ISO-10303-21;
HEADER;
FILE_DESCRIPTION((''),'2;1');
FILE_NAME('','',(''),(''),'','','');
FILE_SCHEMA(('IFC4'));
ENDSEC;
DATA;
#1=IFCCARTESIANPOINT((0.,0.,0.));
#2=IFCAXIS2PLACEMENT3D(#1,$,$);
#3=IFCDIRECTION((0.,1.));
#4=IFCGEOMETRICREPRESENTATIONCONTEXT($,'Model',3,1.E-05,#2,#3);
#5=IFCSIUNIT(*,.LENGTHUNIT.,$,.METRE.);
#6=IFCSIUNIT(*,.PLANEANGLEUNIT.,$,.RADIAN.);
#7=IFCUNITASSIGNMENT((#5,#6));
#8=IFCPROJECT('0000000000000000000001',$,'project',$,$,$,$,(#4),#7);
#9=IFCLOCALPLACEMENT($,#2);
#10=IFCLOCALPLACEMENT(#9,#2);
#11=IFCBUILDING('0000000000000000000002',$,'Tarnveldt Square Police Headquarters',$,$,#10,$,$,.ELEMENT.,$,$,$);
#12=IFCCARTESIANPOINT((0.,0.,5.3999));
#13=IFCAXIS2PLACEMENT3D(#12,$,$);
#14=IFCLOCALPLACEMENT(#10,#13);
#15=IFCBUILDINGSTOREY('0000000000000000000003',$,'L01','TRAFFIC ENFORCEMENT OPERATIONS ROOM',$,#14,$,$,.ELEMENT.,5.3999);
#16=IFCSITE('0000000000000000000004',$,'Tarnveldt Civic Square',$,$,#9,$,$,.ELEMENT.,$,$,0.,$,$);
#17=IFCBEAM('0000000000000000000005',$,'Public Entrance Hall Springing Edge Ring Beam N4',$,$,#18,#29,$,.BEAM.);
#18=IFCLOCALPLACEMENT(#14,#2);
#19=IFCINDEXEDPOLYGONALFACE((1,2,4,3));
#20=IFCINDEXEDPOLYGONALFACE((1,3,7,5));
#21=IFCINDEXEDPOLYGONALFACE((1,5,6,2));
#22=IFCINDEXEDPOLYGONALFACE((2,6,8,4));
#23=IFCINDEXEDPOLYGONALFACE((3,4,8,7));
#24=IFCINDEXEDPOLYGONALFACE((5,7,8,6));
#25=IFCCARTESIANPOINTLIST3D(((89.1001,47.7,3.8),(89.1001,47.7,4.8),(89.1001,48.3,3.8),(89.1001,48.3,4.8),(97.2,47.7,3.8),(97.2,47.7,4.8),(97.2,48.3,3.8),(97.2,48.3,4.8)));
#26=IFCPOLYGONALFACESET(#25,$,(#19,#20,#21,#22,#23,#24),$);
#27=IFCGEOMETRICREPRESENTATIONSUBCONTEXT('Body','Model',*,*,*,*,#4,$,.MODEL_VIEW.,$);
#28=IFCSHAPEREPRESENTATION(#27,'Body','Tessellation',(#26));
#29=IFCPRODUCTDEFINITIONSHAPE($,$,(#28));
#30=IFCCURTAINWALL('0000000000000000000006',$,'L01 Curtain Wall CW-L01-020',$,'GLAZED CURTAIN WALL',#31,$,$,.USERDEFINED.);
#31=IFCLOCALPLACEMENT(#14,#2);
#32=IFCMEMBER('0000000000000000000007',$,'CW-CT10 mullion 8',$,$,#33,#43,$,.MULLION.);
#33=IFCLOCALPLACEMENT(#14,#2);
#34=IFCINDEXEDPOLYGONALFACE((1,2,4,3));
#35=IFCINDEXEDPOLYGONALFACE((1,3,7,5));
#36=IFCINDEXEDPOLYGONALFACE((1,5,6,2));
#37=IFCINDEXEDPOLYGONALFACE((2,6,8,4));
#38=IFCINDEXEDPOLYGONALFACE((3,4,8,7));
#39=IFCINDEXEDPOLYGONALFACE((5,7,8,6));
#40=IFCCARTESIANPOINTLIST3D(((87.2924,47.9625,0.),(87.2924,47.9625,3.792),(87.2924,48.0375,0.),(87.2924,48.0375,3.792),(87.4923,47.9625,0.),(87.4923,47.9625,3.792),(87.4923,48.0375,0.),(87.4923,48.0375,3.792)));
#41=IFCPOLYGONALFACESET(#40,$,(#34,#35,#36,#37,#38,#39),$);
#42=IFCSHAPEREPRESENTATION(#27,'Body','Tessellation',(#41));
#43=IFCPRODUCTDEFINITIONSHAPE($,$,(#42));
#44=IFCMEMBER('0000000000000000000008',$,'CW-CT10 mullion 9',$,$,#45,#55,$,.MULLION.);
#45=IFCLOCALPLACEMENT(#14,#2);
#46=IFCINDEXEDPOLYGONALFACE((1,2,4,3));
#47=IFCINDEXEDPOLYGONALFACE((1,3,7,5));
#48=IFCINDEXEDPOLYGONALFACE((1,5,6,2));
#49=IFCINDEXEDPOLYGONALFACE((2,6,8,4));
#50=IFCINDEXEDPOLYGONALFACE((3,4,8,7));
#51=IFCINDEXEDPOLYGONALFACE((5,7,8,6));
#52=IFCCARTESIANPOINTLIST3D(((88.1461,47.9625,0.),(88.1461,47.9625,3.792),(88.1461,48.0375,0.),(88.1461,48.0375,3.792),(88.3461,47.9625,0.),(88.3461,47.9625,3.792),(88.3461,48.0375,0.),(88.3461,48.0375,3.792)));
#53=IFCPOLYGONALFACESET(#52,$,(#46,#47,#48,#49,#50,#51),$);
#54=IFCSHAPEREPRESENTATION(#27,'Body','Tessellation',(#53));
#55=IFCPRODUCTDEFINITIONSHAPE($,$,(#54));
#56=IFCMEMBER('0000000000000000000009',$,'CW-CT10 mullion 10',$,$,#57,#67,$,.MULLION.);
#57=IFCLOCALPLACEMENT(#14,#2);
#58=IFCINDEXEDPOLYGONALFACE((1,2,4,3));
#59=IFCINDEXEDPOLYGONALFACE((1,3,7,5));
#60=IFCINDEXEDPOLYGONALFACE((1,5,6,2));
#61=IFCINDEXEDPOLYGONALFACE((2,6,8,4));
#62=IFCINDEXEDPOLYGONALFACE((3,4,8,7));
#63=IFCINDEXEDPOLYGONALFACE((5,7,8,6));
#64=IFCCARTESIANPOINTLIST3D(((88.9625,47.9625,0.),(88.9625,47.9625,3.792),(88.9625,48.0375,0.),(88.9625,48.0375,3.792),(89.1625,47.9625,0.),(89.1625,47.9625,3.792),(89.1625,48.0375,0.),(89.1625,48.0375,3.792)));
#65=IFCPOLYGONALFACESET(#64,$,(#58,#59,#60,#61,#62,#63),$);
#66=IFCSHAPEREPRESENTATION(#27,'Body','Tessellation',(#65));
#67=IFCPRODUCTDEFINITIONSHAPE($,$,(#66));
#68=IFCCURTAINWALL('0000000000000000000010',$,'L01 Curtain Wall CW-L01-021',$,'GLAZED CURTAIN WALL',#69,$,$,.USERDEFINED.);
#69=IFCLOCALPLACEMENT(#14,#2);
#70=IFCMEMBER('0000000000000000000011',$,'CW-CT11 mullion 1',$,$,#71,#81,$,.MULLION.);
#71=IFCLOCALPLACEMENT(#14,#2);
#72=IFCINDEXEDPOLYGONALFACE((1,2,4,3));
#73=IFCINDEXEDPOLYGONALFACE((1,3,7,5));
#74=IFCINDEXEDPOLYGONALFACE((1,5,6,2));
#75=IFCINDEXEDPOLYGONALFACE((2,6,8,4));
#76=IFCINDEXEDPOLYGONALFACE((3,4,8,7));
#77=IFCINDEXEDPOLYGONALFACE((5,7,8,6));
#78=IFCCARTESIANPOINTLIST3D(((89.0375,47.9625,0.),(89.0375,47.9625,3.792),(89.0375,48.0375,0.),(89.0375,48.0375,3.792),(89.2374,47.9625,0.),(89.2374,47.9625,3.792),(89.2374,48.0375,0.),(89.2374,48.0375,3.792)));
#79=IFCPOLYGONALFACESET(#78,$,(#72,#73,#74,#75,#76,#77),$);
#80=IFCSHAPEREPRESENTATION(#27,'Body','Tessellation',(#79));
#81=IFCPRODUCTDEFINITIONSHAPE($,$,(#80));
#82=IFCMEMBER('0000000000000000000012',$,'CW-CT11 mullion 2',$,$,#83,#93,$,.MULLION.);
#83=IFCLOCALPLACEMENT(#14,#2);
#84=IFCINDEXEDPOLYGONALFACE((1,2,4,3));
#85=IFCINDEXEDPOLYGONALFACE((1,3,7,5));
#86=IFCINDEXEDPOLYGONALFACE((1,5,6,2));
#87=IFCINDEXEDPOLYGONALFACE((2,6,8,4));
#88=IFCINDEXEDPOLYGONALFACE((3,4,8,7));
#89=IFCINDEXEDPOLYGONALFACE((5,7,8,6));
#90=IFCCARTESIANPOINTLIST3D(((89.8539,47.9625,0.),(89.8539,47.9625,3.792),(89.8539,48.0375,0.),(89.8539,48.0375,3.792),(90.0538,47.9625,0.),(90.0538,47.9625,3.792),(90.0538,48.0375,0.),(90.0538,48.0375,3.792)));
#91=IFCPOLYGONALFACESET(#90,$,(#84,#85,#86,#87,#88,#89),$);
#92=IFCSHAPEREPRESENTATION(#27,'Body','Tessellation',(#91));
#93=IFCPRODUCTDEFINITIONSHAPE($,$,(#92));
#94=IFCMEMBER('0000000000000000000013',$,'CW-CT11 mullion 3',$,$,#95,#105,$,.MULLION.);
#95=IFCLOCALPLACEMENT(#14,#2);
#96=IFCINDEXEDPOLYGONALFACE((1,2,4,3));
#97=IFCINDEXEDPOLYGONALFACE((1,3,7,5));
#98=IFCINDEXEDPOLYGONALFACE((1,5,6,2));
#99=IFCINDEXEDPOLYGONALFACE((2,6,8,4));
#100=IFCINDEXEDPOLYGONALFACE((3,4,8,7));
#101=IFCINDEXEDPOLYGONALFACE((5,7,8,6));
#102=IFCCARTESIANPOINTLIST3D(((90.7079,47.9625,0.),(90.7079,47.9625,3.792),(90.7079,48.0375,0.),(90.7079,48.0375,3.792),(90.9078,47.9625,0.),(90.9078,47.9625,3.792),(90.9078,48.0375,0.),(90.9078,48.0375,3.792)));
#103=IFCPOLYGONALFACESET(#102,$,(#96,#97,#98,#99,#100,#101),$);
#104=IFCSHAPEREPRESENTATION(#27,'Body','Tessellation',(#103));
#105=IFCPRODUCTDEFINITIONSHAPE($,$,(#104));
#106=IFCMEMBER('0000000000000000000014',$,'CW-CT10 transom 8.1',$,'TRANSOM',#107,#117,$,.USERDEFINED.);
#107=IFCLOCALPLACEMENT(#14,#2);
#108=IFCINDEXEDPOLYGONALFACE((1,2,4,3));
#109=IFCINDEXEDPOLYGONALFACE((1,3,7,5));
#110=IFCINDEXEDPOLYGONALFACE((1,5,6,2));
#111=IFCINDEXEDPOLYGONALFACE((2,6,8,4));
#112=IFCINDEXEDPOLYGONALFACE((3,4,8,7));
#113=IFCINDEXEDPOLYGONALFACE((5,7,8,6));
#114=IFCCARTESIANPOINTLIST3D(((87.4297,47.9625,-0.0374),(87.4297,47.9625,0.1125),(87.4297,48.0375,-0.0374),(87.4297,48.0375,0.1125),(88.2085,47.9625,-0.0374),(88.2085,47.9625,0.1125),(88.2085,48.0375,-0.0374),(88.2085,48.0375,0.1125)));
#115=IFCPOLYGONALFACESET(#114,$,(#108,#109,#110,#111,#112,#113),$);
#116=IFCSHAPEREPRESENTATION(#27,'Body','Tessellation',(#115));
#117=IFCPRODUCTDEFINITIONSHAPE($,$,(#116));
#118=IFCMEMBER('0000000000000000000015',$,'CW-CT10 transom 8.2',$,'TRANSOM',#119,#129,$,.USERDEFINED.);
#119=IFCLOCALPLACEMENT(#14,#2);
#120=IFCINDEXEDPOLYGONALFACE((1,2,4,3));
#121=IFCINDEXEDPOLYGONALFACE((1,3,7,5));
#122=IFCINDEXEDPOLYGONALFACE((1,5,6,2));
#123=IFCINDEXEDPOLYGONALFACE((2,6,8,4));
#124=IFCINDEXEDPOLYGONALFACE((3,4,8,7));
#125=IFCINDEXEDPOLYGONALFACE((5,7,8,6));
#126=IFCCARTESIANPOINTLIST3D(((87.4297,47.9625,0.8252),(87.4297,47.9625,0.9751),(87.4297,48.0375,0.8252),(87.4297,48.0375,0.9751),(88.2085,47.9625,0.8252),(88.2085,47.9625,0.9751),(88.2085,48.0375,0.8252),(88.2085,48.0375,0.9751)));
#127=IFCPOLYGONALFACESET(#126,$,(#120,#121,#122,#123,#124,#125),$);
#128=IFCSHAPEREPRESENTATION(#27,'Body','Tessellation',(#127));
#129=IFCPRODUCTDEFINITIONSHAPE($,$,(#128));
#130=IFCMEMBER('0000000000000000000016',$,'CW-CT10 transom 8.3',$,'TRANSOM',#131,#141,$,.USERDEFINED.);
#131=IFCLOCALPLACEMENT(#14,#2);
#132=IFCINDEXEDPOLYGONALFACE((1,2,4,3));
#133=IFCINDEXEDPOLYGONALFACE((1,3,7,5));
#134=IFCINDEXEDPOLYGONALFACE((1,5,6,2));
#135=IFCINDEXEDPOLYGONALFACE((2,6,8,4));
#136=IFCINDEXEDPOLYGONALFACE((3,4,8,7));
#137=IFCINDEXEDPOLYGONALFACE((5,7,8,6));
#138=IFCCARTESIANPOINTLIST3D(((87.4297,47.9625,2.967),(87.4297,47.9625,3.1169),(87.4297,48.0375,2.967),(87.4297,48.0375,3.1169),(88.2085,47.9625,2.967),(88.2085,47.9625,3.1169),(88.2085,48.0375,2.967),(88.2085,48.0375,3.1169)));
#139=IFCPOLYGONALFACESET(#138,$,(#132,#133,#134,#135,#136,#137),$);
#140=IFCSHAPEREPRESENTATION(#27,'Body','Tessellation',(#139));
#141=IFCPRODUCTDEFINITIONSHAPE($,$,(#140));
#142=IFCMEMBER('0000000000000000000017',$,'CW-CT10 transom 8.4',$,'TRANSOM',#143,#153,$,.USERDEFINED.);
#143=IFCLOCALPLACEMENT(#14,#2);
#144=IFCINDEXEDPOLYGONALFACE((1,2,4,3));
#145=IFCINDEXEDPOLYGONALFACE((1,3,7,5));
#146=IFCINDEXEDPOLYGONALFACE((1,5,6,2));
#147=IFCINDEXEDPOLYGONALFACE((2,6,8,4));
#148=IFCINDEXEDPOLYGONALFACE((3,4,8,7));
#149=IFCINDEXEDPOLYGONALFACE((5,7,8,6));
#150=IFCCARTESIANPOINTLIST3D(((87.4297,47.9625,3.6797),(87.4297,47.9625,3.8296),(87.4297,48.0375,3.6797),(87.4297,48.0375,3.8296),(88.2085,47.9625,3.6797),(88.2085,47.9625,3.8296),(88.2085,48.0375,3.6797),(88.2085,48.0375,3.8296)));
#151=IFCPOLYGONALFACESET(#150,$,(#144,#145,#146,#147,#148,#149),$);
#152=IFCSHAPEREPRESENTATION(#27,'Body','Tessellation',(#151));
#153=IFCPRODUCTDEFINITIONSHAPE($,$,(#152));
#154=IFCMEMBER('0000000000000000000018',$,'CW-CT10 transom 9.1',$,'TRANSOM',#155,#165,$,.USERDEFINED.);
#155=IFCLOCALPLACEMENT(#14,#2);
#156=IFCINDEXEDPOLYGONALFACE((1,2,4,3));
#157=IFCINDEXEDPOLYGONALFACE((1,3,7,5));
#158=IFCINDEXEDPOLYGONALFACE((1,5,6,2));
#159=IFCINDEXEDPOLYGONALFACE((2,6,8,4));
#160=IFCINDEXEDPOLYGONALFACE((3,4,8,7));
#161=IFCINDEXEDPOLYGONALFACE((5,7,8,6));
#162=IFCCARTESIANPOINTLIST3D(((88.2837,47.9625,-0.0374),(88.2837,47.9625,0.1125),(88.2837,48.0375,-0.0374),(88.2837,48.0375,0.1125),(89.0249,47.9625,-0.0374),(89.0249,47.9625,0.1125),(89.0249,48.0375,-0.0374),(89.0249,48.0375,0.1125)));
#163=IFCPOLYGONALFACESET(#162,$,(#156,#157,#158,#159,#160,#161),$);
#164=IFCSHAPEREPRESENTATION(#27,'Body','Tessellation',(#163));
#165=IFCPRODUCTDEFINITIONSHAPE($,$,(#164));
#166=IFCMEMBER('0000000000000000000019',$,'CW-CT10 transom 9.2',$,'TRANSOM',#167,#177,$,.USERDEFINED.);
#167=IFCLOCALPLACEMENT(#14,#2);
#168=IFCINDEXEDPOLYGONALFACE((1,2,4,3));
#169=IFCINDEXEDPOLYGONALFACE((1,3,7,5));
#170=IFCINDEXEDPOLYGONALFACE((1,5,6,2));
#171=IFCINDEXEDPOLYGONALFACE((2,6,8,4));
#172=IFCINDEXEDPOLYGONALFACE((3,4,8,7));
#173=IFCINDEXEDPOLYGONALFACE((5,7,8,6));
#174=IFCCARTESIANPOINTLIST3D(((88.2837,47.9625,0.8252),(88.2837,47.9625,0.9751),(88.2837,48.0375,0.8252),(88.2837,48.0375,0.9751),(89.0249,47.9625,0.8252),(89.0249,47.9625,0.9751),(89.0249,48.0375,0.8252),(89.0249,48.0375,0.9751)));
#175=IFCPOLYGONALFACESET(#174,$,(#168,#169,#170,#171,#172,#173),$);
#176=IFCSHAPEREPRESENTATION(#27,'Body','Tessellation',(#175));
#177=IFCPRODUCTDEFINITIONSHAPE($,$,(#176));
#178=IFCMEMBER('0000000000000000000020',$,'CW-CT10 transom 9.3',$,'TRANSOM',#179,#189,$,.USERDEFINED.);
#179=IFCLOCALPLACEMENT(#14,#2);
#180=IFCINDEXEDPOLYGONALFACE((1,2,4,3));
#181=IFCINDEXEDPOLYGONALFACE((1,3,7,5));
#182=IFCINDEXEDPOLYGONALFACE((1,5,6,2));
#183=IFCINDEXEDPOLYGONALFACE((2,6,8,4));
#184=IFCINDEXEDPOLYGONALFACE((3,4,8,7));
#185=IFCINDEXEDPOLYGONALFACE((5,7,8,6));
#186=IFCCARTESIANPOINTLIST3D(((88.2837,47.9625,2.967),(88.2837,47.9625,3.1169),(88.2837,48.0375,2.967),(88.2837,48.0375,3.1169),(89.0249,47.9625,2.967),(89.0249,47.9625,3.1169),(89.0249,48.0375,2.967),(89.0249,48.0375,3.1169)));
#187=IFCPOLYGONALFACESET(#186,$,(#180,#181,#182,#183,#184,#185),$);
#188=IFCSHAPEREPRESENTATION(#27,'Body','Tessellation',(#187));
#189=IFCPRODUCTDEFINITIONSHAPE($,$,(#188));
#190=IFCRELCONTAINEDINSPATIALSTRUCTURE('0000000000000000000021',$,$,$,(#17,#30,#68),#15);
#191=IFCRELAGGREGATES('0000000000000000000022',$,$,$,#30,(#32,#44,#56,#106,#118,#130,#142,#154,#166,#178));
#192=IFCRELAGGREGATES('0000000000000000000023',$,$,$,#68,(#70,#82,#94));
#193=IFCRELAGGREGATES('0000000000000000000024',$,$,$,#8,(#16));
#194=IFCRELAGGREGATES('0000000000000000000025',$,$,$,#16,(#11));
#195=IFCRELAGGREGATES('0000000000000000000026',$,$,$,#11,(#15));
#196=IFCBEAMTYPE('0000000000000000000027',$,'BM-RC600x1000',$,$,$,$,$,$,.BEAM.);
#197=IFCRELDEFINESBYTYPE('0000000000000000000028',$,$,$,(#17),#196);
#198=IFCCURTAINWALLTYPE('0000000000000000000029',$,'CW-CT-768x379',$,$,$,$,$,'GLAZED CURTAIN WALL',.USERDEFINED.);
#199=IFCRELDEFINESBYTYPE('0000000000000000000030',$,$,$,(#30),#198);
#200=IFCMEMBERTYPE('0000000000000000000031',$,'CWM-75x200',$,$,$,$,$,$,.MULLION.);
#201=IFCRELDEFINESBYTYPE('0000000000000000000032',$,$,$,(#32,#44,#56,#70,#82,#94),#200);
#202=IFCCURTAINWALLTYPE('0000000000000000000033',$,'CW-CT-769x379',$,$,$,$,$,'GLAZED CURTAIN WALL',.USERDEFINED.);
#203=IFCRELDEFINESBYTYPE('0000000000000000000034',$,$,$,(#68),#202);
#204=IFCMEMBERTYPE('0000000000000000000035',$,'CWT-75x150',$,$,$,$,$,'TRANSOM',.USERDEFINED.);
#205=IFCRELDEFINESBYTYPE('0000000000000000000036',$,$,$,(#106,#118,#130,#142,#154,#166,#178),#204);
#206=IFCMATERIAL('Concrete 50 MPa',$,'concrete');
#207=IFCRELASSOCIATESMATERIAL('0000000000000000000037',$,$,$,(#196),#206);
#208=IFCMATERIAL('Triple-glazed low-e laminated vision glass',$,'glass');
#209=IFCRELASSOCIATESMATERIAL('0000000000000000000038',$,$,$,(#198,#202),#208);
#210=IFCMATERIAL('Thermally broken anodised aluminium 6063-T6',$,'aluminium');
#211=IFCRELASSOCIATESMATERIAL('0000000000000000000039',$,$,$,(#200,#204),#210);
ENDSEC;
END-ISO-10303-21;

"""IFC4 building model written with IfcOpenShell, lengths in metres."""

from ifc_helpers import new_model, si_unit, direction, frame, origin, origin_2d, place, context, subcontext, project, spatial, rectangle, extrude, material, material_profile, profile_set, type_object, element, aggregate, save


model = new_model("IFC4")

# Units and contexts
model_context = context("Model", 3, precision=1e-05, world=origin(), true_north=direction((0.0, 1.0)))
body_context = subcontext(model_context, "Body", "Model", "MODEL_VIEW")
ifc_project = project(units=[si_unit("LENGTHUNIT", "METRE"), si_unit("PLANEANGLEUNIT", "RADIAN")], contexts=[model_context])

# Site, building, storey
site_placement = place(None, origin())
site = spatial("IfcSite", under=ifc_project, at=site_placement, Name="Tarnveldt Civic Square", CompositionType="ELEMENT", RefElevation=0.0)
building_placement = place(site_placement, origin())
building = spatial("IfcBuilding", under=site, at=building_placement, Name="Tarnveldt Square Police Headquarters", CompositionType="ELEMENT")
storey_placement = place(building_placement, frame((0.0, 0.0, 5.3999)))
storey = spatial("IfcBuildingStorey", under=building, at=storey_placement, Name="L01", Description="TRAFFIC ENFORCEMENT OPERATIONS ROOM", CompositionType="ELEMENT", Elevation=5.3999)

# Beam
ifc_material_1 = material(Name="Concrete 50 MPa", Category="concrete")
ifc_material_profile_1 = material_profile(ifc_material_1, rectangle(XDim=0.6001, YDim=1.0, at=origin_2d()), Name="RC-B600x1000")
ifc_profile_set_1 = profile_set([ifc_material_profile_1], Name="Concrete 50 MPa")
beam_type = type_object("IfcBeamType", Name="BM-RC600x1000", PredefinedType="BEAM", material=ifc_profile_set_1)
beam_placement = place(storey_placement, frame((89.1001, 48.0, 4.3), z_axis=(1.0, 0.0, 0.0), x_axis=(0.0, 1.0, 0.0)))
element("IfcBeam", 1, at=beam_placement, inside=storey, type_object=beam_type, Name="Public Entrance Hall Springing Edge Ring Beam N4", PredefinedType="BEAM", context=body_context, shape_type="SweptSolid", body=[
    extrude(rectangle(XDim=0.6001, YDim=1.0, at=origin_2d()), origin(), (0.0, 0.0, 1.0), 8.0999),
])

# Curtain walls, members
ifc_material_2 = material(Name="Triple-glazed low-e laminated vision glass", Category="glass")
curtain_wall_type_1 = type_object("IfcCurtainWallType", Name="CW-CT-768x379", ElementType="GLAZED CURTAIN WALL", PredefinedType="USERDEFINED", material=ifc_material_2)
curtain_wall_1_placement = place(storey_placement, origin())
curtain_wall_1 = element("IfcCurtainWall", 2, at=curtain_wall_1_placement, inside=storey, type_object=curtain_wall_type_1, Name="L01 Curtain Wall CW-L01-020", ObjectType="GLAZED CURTAIN WALL", PredefinedType="USERDEFINED")
ifc_material_3 = material(Name="Thermally broken anodised aluminium 6063-T6", Category="aluminium")
ifc_material_profile_2 = material_profile(ifc_material_3, rectangle(XDim=0.075, YDim=0.2, at=origin_2d()), Name="CW-M75x200")
ifc_profile_set_2 = profile_set([ifc_material_profile_2], Name="Thermally broken anodised aluminium 6063-T6")
member_type_1 = type_object("IfcMemberType", Name="CWM-75x200", PredefinedType="MULLION", material=ifc_profile_set_2)
member_1_placement = place(storey_placement, frame((87.3923, 48.0, 0.0), z_axis=(0.0, 0.0, 1.0), x_axis=(0.0, 1.0, 0.0)))
member_1 = element("IfcMember", 3, at=member_1_placement, type_object=member_type_1, Name="CW-CT10 mullion 8", PredefinedType="MULLION", context=body_context, shape_type="SweptSolid", body=[
    extrude(rectangle(XDim=0.075, YDim=0.2, at=origin_2d()), origin(), (0.0, 0.0, 1.0), 3.792),
])
member_2_placement = place(storey_placement, frame((88.2461, 48.0, 0.0), z_axis=(0.0, 0.0, 1.0), x_axis=(0.0, 1.0, 0.0)))
member_2 = element("IfcMember", 4, at=member_2_placement, type_object=member_type_1, Name="CW-CT10 mullion 9", PredefinedType="MULLION", context=body_context, shape_type="SweptSolid", body=[
    extrude(rectangle(XDim=0.075, YDim=0.2, at=origin_2d()), origin(), (0.0, 0.0, 1.0), 3.792),
])
member_3_placement = place(storey_placement, frame((89.0625, 48.0, 0.0), z_axis=(0.0, 0.0, 1.0), x_axis=(0.0, 1.0, 0.0)))
member_3 = element("IfcMember", 5, at=member_3_placement, type_object=member_type_1, Name="CW-CT10 mullion 10", PredefinedType="MULLION", context=body_context, shape_type="SweptSolid", body=[
    extrude(rectangle(XDim=0.075, YDim=0.2, at=origin_2d()), origin(), (0.0, 0.0, 1.0), 3.792),
])
curtain_wall_type_2 = type_object("IfcCurtainWallType", Name="CW-CT-769x379", ElementType="GLAZED CURTAIN WALL", PredefinedType="USERDEFINED", material=ifc_material_2)
curtain_wall_2_placement = place(storey_placement, origin())
curtain_wall_2 = element("IfcCurtainWall", 6, at=curtain_wall_2_placement, inside=storey, type_object=curtain_wall_type_2, Name="L01 Curtain Wall CW-L01-021", ObjectType="GLAZED CURTAIN WALL", PredefinedType="USERDEFINED")
member_4_placement = place(storey_placement, frame((89.1375, 48.0, 0.0), z_axis=(0.0, 0.0, 1.0), x_axis=(0.0, 1.0, 0.0)))
member_4 = element("IfcMember", 7, at=member_4_placement, type_object=member_type_1, Name="CW-CT11 mullion 1", PredefinedType="MULLION", context=body_context, shape_type="SweptSolid", body=[
    extrude(rectangle(XDim=0.075, YDim=0.2, at=origin_2d()), origin(), (0.0, 0.0, 1.0), 3.792),
])
member_5_placement = place(storey_placement, frame((89.9539, 48.0, 0.0), z_axis=(0.0, 0.0, 1.0), x_axis=(0.0, 1.0, 0.0)))
member_5 = element("IfcMember", 8, at=member_5_placement, type_object=member_type_1, Name="CW-CT11 mullion 2", PredefinedType="MULLION", context=body_context, shape_type="SweptSolid", body=[
    extrude(rectangle(XDim=0.075, YDim=0.2, at=origin_2d()), origin(), (0.0, 0.0, 1.0), 3.792),
])
member_6_placement = place(storey_placement, frame((90.8079, 48.0, 0.0), z_axis=(0.0, 0.0, 1.0), x_axis=(0.0, 1.0, 0.0)))
member_6 = element("IfcMember", 9, at=member_6_placement, type_object=member_type_1, Name="CW-CT11 mullion 3", PredefinedType="MULLION", context=body_context, shape_type="SweptSolid", body=[
    extrude(rectangle(XDim=0.075, YDim=0.2, at=origin_2d()), origin(), (0.0, 0.0, 1.0), 3.792),
])

# Members
ifc_material_profile_3 = material_profile(ifc_material_3, rectangle(XDim=0.075, YDim=0.1499, at=origin_2d()), Name="CW-T75x150")
ifc_profile_set_3 = profile_set([ifc_material_profile_3], Name="Thermally broken anodised aluminium 6063-T6")
member_type_2 = type_object("IfcMemberType", Name="CWT-75x150", ElementType="TRANSOM", PredefinedType="USERDEFINED", material=ifc_profile_set_3)
member_7_placement = place(storey_placement, frame((87.4297, 48.0, 0.0376), z_axis=(1.0, 0.0, 0.0), x_axis=(0.0, 1.0, 0.0)))
member_7 = element("IfcMember", 10, at=member_7_placement, type_object=member_type_2, Name="CW-CT10 transom 8.1", ObjectType="TRANSOM", PredefinedType="USERDEFINED", context=body_context, shape_type="SweptSolid", body=[
    extrude(rectangle(XDim=0.075, YDim=0.1499, at=origin_2d()), origin(), (0.0, 0.0, 1.0), 0.7788),
])
member_8_placement = place(storey_placement, frame((87.4297, 48.0, 0.9001), z_axis=(1.0, 0.0, 0.0), x_axis=(0.0, 1.0, 0.0)))
member_8 = element("IfcMember", 11, at=member_8_placement, type_object=member_type_2, Name="CW-CT10 transom 8.2", ObjectType="TRANSOM", PredefinedType="USERDEFINED", context=body_context, shape_type="SweptSolid", body=[
    extrude(rectangle(XDim=0.075, YDim=0.1499, at=origin_2d()), origin(), (0.0, 0.0, 1.0), 0.7788),
])
member_9_placement = place(storey_placement, frame((87.4297, 48.0, 3.042), z_axis=(1.0, 0.0, 0.0), x_axis=(0.0, 1.0, 0.0)))
member_9 = element("IfcMember", 12, at=member_9_placement, type_object=member_type_2, Name="CW-CT10 transom 8.3", ObjectType="TRANSOM", PredefinedType="USERDEFINED", context=body_context, shape_type="SweptSolid", body=[
    extrude(rectangle(XDim=0.075, YDim=0.1499, at=origin_2d()), origin(), (0.0, 0.0, 1.0), 0.7788),
])
member_10_placement = place(storey_placement, frame((87.4297, 48.0, 3.7546), z_axis=(1.0, 0.0, 0.0), x_axis=(0.0, 1.0, 0.0)))
member_10 = element("IfcMember", 13, at=member_10_placement, type_object=member_type_2, Name="CW-CT10 transom 8.4", ObjectType="TRANSOM", PredefinedType="USERDEFINED", context=body_context, shape_type="SweptSolid", body=[
    extrude(rectangle(XDim=0.075, YDim=0.1499, at=origin_2d()), origin(), (0.0, 0.0, 1.0), 0.7788),
])
member_11_placement = place(storey_placement, frame((88.2837, 48.0, 0.0376), z_axis=(1.0, 0.0, 0.0), x_axis=(0.0, 1.0, 0.0)))
member_11 = element("IfcMember", 14, at=member_11_placement, type_object=member_type_2, Name="CW-CT10 transom 9.1", ObjectType="TRANSOM", PredefinedType="USERDEFINED", context=body_context, shape_type="SweptSolid", body=[
    extrude(rectangle(XDim=0.075, YDim=0.1499, at=origin_2d()), origin(), (0.0, 0.0, 1.0), 0.7412),
])
member_12_placement = place(storey_placement, frame((88.2837, 48.0, 0.9001), z_axis=(1.0, 0.0, 0.0), x_axis=(0.0, 1.0, 0.0)))
member_12 = element("IfcMember", 15, at=member_12_placement, type_object=member_type_2, Name="CW-CT10 transom 9.2", ObjectType="TRANSOM", PredefinedType="USERDEFINED", context=body_context, shape_type="SweptSolid", body=[
    extrude(rectangle(XDim=0.075, YDim=0.1499, at=origin_2d()), origin(), (0.0, 0.0, 1.0), 0.7412),
])
member_13_placement = place(storey_placement, frame((88.2837, 48.0, 3.042), z_axis=(1.0, 0.0, 0.0), x_axis=(0.0, 1.0, 0.0)))
member_13 = element("IfcMember", 16, at=member_13_placement, type_object=member_type_2, Name="CW-CT10 transom 9.3", ObjectType="TRANSOM", PredefinedType="USERDEFINED", context=body_context, shape_type="SweptSolid", body=[
    extrude(rectangle(XDim=0.075, YDim=0.1499, at=origin_2d()), origin(), (0.0, 0.0, 1.0), 0.7412),
])

aggregate(curtain_wall_1, [member_1, member_2, member_3, member_7, member_8, member_9, member_10, member_11, member_12, member_13])
aggregate(curtain_wall_2, [member_4, member_5, member_6])

save(model, "model.ifc")
